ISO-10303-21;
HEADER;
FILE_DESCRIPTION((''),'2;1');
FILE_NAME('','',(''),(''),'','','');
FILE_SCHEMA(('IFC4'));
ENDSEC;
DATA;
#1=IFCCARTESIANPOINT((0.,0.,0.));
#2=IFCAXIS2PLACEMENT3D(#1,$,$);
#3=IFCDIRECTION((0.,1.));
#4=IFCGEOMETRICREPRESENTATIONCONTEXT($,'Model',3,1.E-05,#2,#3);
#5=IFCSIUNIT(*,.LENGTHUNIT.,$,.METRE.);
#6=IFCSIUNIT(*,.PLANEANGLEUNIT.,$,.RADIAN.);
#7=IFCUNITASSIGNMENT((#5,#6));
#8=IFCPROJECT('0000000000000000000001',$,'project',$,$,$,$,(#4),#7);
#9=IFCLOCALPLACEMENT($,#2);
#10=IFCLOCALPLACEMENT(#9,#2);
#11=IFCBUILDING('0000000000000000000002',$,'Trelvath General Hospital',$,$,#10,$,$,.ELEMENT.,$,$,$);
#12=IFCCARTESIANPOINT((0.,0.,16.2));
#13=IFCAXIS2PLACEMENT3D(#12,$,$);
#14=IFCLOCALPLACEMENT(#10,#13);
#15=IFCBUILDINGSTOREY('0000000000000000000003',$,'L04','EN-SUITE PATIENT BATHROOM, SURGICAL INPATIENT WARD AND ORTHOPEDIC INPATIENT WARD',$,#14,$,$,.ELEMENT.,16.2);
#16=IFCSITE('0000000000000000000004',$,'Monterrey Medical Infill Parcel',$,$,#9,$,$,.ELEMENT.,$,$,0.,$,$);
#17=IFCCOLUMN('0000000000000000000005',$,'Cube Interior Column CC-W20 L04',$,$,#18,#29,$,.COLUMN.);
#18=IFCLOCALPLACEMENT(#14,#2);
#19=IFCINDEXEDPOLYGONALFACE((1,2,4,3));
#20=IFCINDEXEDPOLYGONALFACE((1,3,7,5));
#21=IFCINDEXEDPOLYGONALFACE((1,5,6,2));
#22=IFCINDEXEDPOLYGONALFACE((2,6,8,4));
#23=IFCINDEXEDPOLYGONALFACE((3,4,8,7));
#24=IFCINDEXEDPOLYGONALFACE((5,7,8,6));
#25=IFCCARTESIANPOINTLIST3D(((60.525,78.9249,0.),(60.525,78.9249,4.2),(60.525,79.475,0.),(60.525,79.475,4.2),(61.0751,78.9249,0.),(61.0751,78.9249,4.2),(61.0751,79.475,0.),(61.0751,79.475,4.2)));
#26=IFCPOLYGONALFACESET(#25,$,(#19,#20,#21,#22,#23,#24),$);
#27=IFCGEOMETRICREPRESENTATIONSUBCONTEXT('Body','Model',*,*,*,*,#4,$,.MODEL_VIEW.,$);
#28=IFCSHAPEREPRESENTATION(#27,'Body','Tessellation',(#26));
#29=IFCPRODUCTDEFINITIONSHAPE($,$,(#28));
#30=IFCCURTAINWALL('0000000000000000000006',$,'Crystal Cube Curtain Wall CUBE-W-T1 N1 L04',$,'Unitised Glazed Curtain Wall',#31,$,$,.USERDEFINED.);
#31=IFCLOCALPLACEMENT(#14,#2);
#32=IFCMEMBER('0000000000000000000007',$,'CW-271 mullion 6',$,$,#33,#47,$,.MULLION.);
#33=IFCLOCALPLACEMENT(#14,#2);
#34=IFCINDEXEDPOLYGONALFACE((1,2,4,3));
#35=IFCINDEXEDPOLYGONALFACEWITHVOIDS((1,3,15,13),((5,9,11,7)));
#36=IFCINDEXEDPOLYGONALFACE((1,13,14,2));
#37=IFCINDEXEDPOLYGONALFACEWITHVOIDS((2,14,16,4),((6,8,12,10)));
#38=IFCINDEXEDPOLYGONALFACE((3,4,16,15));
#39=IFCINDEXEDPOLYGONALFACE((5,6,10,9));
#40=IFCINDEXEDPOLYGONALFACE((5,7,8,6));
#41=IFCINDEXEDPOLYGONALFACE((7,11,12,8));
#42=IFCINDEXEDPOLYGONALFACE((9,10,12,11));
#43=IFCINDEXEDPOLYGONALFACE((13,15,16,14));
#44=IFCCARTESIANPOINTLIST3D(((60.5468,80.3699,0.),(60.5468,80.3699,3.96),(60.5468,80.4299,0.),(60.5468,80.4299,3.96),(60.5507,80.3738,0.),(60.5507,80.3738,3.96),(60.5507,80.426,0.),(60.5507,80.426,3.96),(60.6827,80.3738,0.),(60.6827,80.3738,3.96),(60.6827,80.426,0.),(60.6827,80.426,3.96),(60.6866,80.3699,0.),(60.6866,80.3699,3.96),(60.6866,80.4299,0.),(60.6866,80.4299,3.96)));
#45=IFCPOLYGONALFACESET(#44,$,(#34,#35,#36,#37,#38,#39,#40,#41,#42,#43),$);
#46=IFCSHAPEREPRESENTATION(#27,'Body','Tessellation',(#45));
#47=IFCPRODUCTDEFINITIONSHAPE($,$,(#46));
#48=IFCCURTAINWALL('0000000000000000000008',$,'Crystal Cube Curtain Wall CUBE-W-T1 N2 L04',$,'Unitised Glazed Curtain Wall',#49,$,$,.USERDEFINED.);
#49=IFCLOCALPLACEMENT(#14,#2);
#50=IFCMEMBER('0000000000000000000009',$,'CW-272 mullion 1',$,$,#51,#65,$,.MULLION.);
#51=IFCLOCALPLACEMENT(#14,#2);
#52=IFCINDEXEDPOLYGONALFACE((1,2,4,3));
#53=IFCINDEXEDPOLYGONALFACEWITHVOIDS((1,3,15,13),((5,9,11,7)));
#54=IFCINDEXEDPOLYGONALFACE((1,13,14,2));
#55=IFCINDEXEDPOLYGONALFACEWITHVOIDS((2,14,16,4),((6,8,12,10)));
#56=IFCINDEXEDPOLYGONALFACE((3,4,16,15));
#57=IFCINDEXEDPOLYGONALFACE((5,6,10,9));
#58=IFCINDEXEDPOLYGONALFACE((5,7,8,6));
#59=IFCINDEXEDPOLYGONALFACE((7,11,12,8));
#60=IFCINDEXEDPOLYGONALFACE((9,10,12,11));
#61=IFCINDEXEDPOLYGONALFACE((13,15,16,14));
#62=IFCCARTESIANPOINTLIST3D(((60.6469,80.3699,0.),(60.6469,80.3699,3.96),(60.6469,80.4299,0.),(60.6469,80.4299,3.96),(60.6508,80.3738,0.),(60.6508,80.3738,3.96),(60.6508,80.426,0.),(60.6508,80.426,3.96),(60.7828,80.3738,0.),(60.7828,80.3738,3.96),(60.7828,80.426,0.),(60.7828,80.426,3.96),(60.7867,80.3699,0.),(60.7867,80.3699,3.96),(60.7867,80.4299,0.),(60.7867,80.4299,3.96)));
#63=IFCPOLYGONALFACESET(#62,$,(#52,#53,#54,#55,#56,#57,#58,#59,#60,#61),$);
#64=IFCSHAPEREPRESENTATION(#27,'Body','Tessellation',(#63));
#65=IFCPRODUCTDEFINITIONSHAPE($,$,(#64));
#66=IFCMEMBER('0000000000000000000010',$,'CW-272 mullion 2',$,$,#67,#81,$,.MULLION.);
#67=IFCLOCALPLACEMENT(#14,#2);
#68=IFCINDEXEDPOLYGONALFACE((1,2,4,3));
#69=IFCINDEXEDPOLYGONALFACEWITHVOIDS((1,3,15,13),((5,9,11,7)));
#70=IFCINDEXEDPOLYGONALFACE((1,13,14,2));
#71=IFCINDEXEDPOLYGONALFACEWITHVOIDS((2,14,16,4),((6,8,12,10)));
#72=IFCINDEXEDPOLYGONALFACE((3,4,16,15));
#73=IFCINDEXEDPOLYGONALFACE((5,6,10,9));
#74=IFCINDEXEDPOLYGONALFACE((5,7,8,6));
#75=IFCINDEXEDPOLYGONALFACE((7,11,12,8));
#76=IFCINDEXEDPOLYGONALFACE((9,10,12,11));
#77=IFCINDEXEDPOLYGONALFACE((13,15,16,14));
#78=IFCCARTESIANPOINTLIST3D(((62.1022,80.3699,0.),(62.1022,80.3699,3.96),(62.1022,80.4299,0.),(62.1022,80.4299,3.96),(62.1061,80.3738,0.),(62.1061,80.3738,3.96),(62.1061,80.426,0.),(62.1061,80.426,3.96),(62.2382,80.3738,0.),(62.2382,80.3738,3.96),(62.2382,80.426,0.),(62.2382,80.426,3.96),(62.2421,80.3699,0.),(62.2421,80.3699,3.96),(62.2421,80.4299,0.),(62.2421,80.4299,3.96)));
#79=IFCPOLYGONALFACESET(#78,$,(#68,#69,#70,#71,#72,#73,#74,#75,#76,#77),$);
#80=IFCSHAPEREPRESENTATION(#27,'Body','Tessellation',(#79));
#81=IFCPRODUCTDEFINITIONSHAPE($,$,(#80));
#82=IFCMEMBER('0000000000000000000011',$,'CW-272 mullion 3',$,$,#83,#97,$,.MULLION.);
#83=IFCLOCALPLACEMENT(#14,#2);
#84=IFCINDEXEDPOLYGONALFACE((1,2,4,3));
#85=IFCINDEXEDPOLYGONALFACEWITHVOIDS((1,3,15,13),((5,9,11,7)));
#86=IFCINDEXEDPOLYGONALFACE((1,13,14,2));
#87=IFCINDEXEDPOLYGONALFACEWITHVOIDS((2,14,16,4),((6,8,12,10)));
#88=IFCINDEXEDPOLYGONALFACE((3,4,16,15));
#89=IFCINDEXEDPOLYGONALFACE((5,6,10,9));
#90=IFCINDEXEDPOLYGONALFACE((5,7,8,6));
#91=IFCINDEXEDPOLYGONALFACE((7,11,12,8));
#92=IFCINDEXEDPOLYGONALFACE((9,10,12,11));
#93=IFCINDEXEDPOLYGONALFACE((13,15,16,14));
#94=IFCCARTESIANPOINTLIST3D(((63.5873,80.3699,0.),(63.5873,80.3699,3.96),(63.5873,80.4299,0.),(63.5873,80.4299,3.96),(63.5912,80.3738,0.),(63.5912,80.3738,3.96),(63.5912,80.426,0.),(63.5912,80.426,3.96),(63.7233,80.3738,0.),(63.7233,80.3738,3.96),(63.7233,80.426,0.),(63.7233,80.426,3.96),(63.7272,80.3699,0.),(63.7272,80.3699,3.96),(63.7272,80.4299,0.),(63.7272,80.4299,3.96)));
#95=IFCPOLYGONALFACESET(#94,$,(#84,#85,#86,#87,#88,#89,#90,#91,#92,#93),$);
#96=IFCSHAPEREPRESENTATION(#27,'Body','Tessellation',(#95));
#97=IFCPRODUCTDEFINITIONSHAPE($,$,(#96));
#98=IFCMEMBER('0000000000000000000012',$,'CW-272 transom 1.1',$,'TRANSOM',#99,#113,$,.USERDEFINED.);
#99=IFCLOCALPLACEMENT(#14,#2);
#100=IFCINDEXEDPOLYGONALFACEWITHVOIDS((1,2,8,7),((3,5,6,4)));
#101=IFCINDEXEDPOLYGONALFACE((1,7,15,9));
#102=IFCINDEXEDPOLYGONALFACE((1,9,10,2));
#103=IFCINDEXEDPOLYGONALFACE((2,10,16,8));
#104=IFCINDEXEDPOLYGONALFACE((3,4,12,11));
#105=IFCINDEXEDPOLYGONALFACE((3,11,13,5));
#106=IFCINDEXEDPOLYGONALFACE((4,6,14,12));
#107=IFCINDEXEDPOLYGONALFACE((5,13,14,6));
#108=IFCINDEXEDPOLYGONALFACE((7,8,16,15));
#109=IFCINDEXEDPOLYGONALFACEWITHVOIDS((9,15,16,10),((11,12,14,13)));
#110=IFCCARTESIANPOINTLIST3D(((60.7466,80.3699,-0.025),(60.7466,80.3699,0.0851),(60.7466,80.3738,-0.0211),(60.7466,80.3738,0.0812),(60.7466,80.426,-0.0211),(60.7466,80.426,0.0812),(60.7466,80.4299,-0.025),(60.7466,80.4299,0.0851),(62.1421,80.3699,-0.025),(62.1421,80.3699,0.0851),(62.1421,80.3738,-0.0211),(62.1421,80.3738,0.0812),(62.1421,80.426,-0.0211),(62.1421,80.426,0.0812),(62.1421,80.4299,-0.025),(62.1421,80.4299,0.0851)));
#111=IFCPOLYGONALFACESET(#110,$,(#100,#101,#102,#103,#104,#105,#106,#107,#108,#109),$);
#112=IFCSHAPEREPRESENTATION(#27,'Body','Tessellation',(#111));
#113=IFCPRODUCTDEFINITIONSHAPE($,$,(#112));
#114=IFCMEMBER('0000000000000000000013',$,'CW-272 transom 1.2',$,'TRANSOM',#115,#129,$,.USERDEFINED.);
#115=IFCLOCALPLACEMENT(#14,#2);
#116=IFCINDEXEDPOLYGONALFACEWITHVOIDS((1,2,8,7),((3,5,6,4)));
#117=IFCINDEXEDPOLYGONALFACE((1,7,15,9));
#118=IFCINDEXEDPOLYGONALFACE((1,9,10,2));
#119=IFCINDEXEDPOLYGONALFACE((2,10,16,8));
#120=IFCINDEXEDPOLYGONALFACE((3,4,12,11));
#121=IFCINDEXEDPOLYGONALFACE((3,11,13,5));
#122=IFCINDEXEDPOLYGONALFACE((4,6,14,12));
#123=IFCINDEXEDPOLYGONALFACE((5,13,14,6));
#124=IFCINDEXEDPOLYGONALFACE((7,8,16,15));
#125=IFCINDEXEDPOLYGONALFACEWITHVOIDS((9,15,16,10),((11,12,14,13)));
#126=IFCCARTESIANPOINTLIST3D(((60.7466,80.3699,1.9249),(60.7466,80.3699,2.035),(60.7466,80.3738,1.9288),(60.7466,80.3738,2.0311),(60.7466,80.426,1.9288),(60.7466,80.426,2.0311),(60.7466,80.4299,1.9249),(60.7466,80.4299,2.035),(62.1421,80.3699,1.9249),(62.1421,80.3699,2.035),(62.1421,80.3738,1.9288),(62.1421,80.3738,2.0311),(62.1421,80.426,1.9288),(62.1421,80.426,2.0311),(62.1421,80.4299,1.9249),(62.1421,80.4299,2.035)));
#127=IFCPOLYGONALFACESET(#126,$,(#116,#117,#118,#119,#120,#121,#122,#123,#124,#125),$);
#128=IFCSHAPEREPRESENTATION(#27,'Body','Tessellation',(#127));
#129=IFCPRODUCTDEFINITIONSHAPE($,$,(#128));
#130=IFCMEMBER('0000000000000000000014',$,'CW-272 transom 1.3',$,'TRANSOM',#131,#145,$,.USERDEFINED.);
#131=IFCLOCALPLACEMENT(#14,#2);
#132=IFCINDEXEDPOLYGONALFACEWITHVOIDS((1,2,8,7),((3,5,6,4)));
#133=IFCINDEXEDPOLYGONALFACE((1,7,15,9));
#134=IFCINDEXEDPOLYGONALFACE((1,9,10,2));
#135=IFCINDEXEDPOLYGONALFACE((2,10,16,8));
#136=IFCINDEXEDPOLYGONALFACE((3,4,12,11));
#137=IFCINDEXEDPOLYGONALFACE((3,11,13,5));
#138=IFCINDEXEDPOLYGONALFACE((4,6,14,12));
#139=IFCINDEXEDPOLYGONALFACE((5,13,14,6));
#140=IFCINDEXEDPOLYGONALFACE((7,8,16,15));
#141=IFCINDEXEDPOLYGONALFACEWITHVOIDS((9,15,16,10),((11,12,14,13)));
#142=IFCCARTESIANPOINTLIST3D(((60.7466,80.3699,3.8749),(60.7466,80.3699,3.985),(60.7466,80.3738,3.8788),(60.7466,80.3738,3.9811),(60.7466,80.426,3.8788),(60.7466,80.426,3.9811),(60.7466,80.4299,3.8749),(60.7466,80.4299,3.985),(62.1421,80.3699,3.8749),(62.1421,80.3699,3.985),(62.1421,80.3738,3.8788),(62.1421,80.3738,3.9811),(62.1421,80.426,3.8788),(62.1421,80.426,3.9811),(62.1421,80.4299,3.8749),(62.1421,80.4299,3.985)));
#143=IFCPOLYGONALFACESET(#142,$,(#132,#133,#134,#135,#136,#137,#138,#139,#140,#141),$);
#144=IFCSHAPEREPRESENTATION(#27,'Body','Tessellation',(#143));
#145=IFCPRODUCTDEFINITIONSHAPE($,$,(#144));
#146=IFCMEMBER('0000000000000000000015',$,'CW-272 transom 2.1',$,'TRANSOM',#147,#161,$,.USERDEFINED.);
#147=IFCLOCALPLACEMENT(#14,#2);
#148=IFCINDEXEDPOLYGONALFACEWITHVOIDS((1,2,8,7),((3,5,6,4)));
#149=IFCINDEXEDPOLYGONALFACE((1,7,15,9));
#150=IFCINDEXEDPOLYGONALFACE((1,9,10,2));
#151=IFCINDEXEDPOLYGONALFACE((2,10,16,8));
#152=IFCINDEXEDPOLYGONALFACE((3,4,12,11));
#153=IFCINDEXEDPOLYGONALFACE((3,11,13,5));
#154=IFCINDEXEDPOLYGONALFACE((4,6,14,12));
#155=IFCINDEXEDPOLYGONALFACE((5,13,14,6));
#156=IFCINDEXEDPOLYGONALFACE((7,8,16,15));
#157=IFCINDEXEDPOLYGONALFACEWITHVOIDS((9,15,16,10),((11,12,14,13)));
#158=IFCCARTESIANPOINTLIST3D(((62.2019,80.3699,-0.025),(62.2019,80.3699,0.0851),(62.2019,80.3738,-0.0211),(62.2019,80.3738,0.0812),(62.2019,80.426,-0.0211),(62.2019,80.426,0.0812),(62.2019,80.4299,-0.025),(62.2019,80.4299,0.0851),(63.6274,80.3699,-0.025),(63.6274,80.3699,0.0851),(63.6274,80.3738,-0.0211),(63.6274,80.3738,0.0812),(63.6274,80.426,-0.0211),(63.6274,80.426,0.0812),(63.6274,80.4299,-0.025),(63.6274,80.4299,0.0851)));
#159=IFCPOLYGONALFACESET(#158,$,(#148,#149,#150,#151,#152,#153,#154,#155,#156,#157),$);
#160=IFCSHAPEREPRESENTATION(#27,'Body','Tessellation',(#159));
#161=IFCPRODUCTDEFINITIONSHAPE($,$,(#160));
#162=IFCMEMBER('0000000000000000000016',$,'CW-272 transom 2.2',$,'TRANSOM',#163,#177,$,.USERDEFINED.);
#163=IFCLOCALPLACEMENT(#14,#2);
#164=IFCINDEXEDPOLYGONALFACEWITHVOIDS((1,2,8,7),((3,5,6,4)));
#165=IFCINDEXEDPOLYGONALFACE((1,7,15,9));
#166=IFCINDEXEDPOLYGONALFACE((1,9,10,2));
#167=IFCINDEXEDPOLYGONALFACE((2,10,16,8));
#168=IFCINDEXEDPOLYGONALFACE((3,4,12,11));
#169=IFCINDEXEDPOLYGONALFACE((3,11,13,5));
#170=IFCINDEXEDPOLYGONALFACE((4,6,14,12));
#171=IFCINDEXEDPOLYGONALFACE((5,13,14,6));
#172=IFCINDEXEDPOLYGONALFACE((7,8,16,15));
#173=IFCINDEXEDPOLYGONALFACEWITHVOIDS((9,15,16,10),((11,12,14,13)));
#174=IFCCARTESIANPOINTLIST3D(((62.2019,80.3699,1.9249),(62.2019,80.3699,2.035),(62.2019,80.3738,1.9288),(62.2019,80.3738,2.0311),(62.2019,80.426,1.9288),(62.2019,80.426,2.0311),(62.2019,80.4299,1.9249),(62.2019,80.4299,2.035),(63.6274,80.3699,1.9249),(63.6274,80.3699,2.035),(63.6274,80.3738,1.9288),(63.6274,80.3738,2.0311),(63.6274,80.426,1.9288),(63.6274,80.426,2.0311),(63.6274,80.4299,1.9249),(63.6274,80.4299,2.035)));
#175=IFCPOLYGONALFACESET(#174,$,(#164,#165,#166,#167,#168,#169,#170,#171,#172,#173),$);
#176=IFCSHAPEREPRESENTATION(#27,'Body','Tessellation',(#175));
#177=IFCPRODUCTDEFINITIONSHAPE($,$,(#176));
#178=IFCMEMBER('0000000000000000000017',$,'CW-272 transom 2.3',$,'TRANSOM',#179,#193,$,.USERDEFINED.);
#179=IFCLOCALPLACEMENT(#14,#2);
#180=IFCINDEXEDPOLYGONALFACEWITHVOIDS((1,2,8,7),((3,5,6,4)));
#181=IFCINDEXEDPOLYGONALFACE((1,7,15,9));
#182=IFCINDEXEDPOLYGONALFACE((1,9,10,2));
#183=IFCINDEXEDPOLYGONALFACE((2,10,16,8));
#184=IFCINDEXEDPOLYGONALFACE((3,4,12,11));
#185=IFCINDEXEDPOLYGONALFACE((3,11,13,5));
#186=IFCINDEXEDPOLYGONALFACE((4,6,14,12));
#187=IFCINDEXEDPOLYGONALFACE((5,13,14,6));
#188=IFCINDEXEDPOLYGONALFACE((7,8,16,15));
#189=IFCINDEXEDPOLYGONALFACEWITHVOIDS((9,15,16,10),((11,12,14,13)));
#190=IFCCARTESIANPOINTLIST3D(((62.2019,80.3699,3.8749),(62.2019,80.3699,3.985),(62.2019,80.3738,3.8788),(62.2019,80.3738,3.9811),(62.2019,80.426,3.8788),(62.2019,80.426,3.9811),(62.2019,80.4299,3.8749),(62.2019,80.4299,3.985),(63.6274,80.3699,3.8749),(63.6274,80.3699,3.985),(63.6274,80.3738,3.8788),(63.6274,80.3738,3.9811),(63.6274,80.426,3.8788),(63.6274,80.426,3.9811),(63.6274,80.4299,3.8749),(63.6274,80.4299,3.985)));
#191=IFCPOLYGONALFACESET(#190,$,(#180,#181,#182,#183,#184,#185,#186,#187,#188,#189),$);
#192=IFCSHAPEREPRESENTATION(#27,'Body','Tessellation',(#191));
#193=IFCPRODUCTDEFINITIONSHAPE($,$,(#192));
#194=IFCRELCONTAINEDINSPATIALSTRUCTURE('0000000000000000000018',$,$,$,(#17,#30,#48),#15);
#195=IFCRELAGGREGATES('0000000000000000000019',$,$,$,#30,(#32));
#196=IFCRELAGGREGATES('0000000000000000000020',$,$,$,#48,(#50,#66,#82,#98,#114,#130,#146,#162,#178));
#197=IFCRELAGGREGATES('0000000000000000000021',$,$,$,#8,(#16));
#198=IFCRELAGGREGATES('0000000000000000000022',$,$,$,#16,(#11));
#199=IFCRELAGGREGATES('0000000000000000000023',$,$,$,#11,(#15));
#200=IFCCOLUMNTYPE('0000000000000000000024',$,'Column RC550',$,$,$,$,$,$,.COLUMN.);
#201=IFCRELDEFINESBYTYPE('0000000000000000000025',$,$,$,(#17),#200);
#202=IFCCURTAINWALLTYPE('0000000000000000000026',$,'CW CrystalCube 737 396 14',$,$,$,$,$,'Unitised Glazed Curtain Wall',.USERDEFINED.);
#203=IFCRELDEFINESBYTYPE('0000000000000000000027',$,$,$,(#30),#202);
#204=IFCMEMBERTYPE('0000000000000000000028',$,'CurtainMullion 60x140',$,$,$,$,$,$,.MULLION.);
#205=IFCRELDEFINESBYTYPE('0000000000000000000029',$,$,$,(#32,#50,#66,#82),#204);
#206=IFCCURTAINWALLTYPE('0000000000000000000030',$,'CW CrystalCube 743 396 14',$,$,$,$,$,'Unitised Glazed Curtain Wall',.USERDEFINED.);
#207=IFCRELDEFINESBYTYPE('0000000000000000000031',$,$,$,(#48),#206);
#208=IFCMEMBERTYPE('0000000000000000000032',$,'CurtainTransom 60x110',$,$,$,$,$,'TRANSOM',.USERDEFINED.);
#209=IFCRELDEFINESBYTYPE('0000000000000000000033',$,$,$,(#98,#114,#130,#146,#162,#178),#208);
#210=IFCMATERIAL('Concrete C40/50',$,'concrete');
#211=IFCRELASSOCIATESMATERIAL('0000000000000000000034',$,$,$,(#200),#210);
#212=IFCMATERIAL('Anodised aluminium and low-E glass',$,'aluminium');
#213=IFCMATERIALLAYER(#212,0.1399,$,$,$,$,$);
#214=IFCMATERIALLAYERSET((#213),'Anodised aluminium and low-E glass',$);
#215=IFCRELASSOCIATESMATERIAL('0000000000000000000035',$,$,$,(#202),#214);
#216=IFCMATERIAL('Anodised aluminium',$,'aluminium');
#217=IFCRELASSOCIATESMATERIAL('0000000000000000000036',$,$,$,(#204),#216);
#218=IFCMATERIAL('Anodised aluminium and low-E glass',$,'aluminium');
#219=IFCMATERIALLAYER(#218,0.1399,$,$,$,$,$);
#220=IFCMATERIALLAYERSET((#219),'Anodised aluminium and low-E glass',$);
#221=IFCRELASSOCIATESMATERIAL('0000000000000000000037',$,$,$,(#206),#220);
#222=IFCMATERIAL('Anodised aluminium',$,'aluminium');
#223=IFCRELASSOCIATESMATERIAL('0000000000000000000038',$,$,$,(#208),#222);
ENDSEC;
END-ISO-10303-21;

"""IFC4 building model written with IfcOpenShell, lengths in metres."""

from ifc_helpers import new_model, si_unit, direction, frame, origin, origin_2d, place, context, subcontext, project, spatial, rectangle, hollow_rectangle, extrude, material, layer, layer_set, material_profile, profile_set, type_object, element, aggregate, save


model = new_model("IFC4")

# Units and contexts
model_context = context("Model", 3, precision=1e-05, world=origin(), true_north=direction((0.0, 1.0)))
body_context = subcontext(model_context, "Body", "Model", "MODEL_VIEW")
ifc_project = project(units=[si_unit("LENGTHUNIT", "METRE"), si_unit("PLANEANGLEUNIT", "RADIAN")], contexts=[model_context])

# Site, building, storey
site_placement = place(None, origin())
site = spatial("IfcSite", under=ifc_project, at=site_placement, Name="Monterrey Medical Infill Parcel", CompositionType="ELEMENT", RefElevation=0.0)
building_placement = place(site_placement, origin())
building = spatial("IfcBuilding", under=site, at=building_placement, Name="Trelvath General Hospital", CompositionType="ELEMENT")
storey_placement = place(building_placement, frame((0.0, 0.0, 16.2)))
storey = spatial("IfcBuildingStorey", under=building, at=storey_placement, Name="L04", Description="EN-SUITE PATIENT BATHROOM, SURGICAL INPATIENT WARD AND ORTHOPEDIC INPATIENT WARD", CompositionType="ELEMENT", Elevation=16.2)

# Column
ifc_material_1 = material(Name="Concrete C40/50", Category="concrete")
ifc_material_profile_1 = material_profile(ifc_material_1, rectangle(XDim=0.55, YDim=0.55, at=origin_2d()), Name="RC550x550")
ifc_profile_set_1 = profile_set([ifc_material_profile_1], Name="Concrete C40/50")
column_type = type_object("IfcColumnType", Name="Column RC550", PredefinedType="COLUMN", material=ifc_profile_set_1)
column_placement = place(storey_placement, frame((60.8, 79.2, 0.0), z_axis=(0.0, 0.0, 1.0), x_axis=(1.0, 0.0, 0.0)))
element("IfcColumn", 1, at=column_placement, inside=storey, type_object=column_type, Name="Cube Interior Column CC-W20 L04", PredefinedType="COLUMN", context=body_context, shape_type="SweptSolid", body=[
    extrude(rectangle(XDim=0.55, YDim=0.55, at=origin_2d()), origin(), (0.0, 0.0, 1.0), 4.2),
])

# Curtain wall, member
ifc_material_2 = material(Name="Anodised aluminium and low-E glass", Category="aluminium")
ifc_layer_1 = layer(ifc_material_2, 0.1399)
ifc_layer_set_1 = layer_set([ifc_layer_1], Name="Anodised aluminium and low-E glass")
curtain_wall_type_1 = type_object("IfcCurtainWallType", Name="CW CrystalCube 737 396 14", ElementType="Unitised Glazed Curtain Wall", PredefinedType="USERDEFINED", material=ifc_layer_set_1)
curtain_wall_1_placement = place(storey_placement, origin())
curtain_wall_1 = element("IfcCurtainWall", 2, at=curtain_wall_1_placement, inside=storey, type_object=curtain_wall_type_1, Name="Crystal Cube Curtain Wall CUBE-W-T1 N1 L04", ObjectType="Unitised Glazed Curtain Wall", PredefinedType="USERDEFINED")
ifc_material_3 = material(Name="Anodised aluminium", Category="aluminium")
ifc_material_profile_2 = material_profile(ifc_material_3, hollow_rectangle(XDim=0.0601, YDim=0.1399, WallThickness=0.0039, at=origin_2d()), Name="RHS60x140x4")
ifc_profile_set_2 = profile_set([ifc_material_profile_2], Name="Anodised aluminium")
member_type_1 = type_object("IfcMemberType", Name="CurtainMullion 60x140", PredefinedType="MULLION", material=ifc_profile_set_2)
member_1_placement = place(storey_placement, frame((60.6167, 80.3999, 0.0), z_axis=(0.0, 0.0, 1.0), x_axis=(0.0, 1.0, 0.0)))
member_1 = element("IfcMember", 3, at=member_1_placement, type_object=member_type_1, Name="CW-271 mullion 6", PredefinedType="MULLION", context=body_context, shape_type="SweptSolid", body=[
    extrude(hollow_rectangle(XDim=0.0601, YDim=0.1399, WallThickness=0.0039, at=origin_2d()), origin(), (0.0, 0.0, 1.0), 3.96),
])

# Curtain wall, members
ifc_material_4 = material(Name="Anodised aluminium and low-E glass", Category="aluminium")
ifc_layer_2 = layer(ifc_material_4, 0.1399)
ifc_layer_set_2 = layer_set([ifc_layer_2], Name="Anodised aluminium and low-E glass")
curtain_wall_type_2 = type_object("IfcCurtainWallType", Name="CW CrystalCube 743 396 14", ElementType="Unitised Glazed Curtain Wall", PredefinedType="USERDEFINED", material=ifc_layer_set_2)
curtain_wall_2_placement = place(storey_placement, origin())
curtain_wall_2 = element("IfcCurtainWall", 4, at=curtain_wall_2_placement, inside=storey, type_object=curtain_wall_type_2, Name="Crystal Cube Curtain Wall CUBE-W-T1 N2 L04", ObjectType="Unitised Glazed Curtain Wall", PredefinedType="USERDEFINED")
member_2_placement = place(storey_placement, frame((60.7168, 80.3999, 0.0), z_axis=(0.0, 0.0, 1.0), x_axis=(0.0, 1.0, 0.0)))
member_2 = element("IfcMember", 5, at=member_2_placement, type_object=member_type_1, Name="CW-272 mullion 1", PredefinedType="MULLION", context=body_context, shape_type="SweptSolid", body=[
    extrude(hollow_rectangle(XDim=0.0601, YDim=0.1399, WallThickness=0.0039, at=origin_2d()), origin(), (0.0, 0.0, 1.0), 3.96),
])
member_3_placement = place(storey_placement, frame((62.1721, 80.3999, 0.0), z_axis=(0.0, 0.0, 1.0), x_axis=(0.0, 1.0, 0.0)))
member_3 = element("IfcMember", 6, at=member_3_placement, type_object=member_type_1, Name="CW-272 mullion 2", PredefinedType="MULLION", context=body_context, shape_type="SweptSolid", body=[
    extrude(hollow_rectangle(XDim=0.0601, YDim=0.1399, WallThickness=0.0039, at=origin_2d()), origin(), (0.0, 0.0, 1.0), 3.96),
])
member_4_placement = place(storey_placement, frame((63.6572, 80.3999, 0.0), z_axis=(0.0, 0.0, 1.0), x_axis=(0.0, 1.0, 0.0)))
member_4 = element("IfcMember", 7, at=member_4_placement, type_object=member_type_1, Name="CW-272 mullion 3", PredefinedType="MULLION", context=body_context, shape_type="SweptSolid", body=[
    extrude(hollow_rectangle(XDim=0.0601, YDim=0.1399, WallThickness=0.0039, at=origin_2d()), origin(), (0.0, 0.0, 1.0), 3.96),
])
ifc_material_5 = material(Name="Anodised aluminium", Category="aluminium")
ifc_material_profile_3 = material_profile(ifc_material_5, hollow_rectangle(XDim=0.0601, YDim=0.1101, WallThickness=0.0039, at=origin_2d()), Name="RHS60x110x4")
ifc_profile_set_3 = profile_set([ifc_material_profile_3], Name="Anodised aluminium")
member_type_2 = type_object("IfcMemberType", Name="CurtainTransom 60x110", ElementType="TRANSOM", PredefinedType="USERDEFINED", material=ifc_profile_set_3)
member_5_placement = place(storey_placement, frame((60.7466, 80.3999, 0.03), z_axis=(1.0, 0.0, 0.0), x_axis=(0.0, 1.0, 0.0)))
member_5 = element("IfcMember", 8, at=member_5_placement, type_object=member_type_2, Name="CW-272 transom 1.1", ObjectType="TRANSOM", PredefinedType="USERDEFINED", context=body_context, shape_type="SweptSolid", body=[
    extrude(hollow_rectangle(XDim=0.0601, YDim=0.1101, WallThickness=0.0039, at=origin_2d()), origin(), (0.0, 0.0, 1.0), 1.3955),
])
member_6_placement = place(storey_placement, frame((60.7466, 80.3999, 1.98), z_axis=(1.0, 0.0, 0.0), x_axis=(0.0, 1.0, 0.0)))
member_6 = element("IfcMember", 9, at=member_6_placement, type_object=member_type_2, Name="CW-272 transom 1.2", ObjectType="TRANSOM", PredefinedType="USERDEFINED", context=body_context, shape_type="SweptSolid", body=[
    extrude(hollow_rectangle(XDim=0.0601, YDim=0.1101, WallThickness=0.0039, at=origin_2d()), origin(), (0.0, 0.0, 1.0), 1.3955),
])
member_7_placement = place(storey_placement, frame((60.7466, 80.3999, 3.9299), z_axis=(1.0, 0.0, 0.0), x_axis=(0.0, 1.0, 0.0)))
member_7 = element("IfcMember", 10, at=member_7_placement, type_object=member_type_2, Name="CW-272 transom 1.3", ObjectType="TRANSOM", PredefinedType="USERDEFINED", context=body_context, shape_type="SweptSolid", body=[
    extrude(hollow_rectangle(XDim=0.0601, YDim=0.1101, WallThickness=0.0039, at=origin_2d()), origin(), (0.0, 0.0, 1.0), 1.3955),
])
member_8_placement = place(storey_placement, frame((62.2019, 80.3999, 0.03), z_axis=(1.0, 0.0, 0.0), x_axis=(0.0, 1.0, 0.0)))
member_8 = element("IfcMember", 11, at=member_8_placement, type_object=member_type_2, Name="CW-272 transom 2.1", ObjectType="TRANSOM", PredefinedType="USERDEFINED", context=body_context, shape_type="SweptSolid", body=[
    extrude(hollow_rectangle(XDim=0.0601, YDim=0.1101, WallThickness=0.0039, at=origin_2d()), origin(), (0.0, 0.0, 1.0), 1.4255),
])
member_9_placement = place(storey_placement, frame((62.2019, 80.3999, 1.98), z_axis=(1.0, 0.0, 0.0), x_axis=(0.0, 1.0, 0.0)))
member_9 = element("IfcMember", 12, at=member_9_placement, type_object=member_type_2, Name="CW-272 transom 2.2", ObjectType="TRANSOM", PredefinedType="USERDEFINED", context=body_context, shape_type="SweptSolid", body=[
    extrude(hollow_rectangle(XDim=0.0601, YDim=0.1101, WallThickness=0.0039, at=origin_2d()), origin(), (0.0, 0.0, 1.0), 1.4255),
])
member_10_placement = place(storey_placement, frame((62.2019, 80.3999, 3.9299), z_axis=(1.0, 0.0, 0.0), x_axis=(0.0, 1.0, 0.0)))
member_10 = element("IfcMember", 13, at=member_10_placement, type_object=member_type_2, Name="CW-272 transom 2.3", ObjectType="TRANSOM", PredefinedType="USERDEFINED", context=body_context, shape_type="SweptSolid", body=[
    extrude(hollow_rectangle(XDim=0.0601, YDim=0.1101, WallThickness=0.0039, at=origin_2d()), origin(), (0.0, 0.0, 1.0), 1.4255),
])

aggregate(curtain_wall_1, [member_1])
aggregate(curtain_wall_2, [member_2, member_3, member_4, member_5, member_6, member_7, member_8, member_9, member_10])

save(model, "model.ifc")
